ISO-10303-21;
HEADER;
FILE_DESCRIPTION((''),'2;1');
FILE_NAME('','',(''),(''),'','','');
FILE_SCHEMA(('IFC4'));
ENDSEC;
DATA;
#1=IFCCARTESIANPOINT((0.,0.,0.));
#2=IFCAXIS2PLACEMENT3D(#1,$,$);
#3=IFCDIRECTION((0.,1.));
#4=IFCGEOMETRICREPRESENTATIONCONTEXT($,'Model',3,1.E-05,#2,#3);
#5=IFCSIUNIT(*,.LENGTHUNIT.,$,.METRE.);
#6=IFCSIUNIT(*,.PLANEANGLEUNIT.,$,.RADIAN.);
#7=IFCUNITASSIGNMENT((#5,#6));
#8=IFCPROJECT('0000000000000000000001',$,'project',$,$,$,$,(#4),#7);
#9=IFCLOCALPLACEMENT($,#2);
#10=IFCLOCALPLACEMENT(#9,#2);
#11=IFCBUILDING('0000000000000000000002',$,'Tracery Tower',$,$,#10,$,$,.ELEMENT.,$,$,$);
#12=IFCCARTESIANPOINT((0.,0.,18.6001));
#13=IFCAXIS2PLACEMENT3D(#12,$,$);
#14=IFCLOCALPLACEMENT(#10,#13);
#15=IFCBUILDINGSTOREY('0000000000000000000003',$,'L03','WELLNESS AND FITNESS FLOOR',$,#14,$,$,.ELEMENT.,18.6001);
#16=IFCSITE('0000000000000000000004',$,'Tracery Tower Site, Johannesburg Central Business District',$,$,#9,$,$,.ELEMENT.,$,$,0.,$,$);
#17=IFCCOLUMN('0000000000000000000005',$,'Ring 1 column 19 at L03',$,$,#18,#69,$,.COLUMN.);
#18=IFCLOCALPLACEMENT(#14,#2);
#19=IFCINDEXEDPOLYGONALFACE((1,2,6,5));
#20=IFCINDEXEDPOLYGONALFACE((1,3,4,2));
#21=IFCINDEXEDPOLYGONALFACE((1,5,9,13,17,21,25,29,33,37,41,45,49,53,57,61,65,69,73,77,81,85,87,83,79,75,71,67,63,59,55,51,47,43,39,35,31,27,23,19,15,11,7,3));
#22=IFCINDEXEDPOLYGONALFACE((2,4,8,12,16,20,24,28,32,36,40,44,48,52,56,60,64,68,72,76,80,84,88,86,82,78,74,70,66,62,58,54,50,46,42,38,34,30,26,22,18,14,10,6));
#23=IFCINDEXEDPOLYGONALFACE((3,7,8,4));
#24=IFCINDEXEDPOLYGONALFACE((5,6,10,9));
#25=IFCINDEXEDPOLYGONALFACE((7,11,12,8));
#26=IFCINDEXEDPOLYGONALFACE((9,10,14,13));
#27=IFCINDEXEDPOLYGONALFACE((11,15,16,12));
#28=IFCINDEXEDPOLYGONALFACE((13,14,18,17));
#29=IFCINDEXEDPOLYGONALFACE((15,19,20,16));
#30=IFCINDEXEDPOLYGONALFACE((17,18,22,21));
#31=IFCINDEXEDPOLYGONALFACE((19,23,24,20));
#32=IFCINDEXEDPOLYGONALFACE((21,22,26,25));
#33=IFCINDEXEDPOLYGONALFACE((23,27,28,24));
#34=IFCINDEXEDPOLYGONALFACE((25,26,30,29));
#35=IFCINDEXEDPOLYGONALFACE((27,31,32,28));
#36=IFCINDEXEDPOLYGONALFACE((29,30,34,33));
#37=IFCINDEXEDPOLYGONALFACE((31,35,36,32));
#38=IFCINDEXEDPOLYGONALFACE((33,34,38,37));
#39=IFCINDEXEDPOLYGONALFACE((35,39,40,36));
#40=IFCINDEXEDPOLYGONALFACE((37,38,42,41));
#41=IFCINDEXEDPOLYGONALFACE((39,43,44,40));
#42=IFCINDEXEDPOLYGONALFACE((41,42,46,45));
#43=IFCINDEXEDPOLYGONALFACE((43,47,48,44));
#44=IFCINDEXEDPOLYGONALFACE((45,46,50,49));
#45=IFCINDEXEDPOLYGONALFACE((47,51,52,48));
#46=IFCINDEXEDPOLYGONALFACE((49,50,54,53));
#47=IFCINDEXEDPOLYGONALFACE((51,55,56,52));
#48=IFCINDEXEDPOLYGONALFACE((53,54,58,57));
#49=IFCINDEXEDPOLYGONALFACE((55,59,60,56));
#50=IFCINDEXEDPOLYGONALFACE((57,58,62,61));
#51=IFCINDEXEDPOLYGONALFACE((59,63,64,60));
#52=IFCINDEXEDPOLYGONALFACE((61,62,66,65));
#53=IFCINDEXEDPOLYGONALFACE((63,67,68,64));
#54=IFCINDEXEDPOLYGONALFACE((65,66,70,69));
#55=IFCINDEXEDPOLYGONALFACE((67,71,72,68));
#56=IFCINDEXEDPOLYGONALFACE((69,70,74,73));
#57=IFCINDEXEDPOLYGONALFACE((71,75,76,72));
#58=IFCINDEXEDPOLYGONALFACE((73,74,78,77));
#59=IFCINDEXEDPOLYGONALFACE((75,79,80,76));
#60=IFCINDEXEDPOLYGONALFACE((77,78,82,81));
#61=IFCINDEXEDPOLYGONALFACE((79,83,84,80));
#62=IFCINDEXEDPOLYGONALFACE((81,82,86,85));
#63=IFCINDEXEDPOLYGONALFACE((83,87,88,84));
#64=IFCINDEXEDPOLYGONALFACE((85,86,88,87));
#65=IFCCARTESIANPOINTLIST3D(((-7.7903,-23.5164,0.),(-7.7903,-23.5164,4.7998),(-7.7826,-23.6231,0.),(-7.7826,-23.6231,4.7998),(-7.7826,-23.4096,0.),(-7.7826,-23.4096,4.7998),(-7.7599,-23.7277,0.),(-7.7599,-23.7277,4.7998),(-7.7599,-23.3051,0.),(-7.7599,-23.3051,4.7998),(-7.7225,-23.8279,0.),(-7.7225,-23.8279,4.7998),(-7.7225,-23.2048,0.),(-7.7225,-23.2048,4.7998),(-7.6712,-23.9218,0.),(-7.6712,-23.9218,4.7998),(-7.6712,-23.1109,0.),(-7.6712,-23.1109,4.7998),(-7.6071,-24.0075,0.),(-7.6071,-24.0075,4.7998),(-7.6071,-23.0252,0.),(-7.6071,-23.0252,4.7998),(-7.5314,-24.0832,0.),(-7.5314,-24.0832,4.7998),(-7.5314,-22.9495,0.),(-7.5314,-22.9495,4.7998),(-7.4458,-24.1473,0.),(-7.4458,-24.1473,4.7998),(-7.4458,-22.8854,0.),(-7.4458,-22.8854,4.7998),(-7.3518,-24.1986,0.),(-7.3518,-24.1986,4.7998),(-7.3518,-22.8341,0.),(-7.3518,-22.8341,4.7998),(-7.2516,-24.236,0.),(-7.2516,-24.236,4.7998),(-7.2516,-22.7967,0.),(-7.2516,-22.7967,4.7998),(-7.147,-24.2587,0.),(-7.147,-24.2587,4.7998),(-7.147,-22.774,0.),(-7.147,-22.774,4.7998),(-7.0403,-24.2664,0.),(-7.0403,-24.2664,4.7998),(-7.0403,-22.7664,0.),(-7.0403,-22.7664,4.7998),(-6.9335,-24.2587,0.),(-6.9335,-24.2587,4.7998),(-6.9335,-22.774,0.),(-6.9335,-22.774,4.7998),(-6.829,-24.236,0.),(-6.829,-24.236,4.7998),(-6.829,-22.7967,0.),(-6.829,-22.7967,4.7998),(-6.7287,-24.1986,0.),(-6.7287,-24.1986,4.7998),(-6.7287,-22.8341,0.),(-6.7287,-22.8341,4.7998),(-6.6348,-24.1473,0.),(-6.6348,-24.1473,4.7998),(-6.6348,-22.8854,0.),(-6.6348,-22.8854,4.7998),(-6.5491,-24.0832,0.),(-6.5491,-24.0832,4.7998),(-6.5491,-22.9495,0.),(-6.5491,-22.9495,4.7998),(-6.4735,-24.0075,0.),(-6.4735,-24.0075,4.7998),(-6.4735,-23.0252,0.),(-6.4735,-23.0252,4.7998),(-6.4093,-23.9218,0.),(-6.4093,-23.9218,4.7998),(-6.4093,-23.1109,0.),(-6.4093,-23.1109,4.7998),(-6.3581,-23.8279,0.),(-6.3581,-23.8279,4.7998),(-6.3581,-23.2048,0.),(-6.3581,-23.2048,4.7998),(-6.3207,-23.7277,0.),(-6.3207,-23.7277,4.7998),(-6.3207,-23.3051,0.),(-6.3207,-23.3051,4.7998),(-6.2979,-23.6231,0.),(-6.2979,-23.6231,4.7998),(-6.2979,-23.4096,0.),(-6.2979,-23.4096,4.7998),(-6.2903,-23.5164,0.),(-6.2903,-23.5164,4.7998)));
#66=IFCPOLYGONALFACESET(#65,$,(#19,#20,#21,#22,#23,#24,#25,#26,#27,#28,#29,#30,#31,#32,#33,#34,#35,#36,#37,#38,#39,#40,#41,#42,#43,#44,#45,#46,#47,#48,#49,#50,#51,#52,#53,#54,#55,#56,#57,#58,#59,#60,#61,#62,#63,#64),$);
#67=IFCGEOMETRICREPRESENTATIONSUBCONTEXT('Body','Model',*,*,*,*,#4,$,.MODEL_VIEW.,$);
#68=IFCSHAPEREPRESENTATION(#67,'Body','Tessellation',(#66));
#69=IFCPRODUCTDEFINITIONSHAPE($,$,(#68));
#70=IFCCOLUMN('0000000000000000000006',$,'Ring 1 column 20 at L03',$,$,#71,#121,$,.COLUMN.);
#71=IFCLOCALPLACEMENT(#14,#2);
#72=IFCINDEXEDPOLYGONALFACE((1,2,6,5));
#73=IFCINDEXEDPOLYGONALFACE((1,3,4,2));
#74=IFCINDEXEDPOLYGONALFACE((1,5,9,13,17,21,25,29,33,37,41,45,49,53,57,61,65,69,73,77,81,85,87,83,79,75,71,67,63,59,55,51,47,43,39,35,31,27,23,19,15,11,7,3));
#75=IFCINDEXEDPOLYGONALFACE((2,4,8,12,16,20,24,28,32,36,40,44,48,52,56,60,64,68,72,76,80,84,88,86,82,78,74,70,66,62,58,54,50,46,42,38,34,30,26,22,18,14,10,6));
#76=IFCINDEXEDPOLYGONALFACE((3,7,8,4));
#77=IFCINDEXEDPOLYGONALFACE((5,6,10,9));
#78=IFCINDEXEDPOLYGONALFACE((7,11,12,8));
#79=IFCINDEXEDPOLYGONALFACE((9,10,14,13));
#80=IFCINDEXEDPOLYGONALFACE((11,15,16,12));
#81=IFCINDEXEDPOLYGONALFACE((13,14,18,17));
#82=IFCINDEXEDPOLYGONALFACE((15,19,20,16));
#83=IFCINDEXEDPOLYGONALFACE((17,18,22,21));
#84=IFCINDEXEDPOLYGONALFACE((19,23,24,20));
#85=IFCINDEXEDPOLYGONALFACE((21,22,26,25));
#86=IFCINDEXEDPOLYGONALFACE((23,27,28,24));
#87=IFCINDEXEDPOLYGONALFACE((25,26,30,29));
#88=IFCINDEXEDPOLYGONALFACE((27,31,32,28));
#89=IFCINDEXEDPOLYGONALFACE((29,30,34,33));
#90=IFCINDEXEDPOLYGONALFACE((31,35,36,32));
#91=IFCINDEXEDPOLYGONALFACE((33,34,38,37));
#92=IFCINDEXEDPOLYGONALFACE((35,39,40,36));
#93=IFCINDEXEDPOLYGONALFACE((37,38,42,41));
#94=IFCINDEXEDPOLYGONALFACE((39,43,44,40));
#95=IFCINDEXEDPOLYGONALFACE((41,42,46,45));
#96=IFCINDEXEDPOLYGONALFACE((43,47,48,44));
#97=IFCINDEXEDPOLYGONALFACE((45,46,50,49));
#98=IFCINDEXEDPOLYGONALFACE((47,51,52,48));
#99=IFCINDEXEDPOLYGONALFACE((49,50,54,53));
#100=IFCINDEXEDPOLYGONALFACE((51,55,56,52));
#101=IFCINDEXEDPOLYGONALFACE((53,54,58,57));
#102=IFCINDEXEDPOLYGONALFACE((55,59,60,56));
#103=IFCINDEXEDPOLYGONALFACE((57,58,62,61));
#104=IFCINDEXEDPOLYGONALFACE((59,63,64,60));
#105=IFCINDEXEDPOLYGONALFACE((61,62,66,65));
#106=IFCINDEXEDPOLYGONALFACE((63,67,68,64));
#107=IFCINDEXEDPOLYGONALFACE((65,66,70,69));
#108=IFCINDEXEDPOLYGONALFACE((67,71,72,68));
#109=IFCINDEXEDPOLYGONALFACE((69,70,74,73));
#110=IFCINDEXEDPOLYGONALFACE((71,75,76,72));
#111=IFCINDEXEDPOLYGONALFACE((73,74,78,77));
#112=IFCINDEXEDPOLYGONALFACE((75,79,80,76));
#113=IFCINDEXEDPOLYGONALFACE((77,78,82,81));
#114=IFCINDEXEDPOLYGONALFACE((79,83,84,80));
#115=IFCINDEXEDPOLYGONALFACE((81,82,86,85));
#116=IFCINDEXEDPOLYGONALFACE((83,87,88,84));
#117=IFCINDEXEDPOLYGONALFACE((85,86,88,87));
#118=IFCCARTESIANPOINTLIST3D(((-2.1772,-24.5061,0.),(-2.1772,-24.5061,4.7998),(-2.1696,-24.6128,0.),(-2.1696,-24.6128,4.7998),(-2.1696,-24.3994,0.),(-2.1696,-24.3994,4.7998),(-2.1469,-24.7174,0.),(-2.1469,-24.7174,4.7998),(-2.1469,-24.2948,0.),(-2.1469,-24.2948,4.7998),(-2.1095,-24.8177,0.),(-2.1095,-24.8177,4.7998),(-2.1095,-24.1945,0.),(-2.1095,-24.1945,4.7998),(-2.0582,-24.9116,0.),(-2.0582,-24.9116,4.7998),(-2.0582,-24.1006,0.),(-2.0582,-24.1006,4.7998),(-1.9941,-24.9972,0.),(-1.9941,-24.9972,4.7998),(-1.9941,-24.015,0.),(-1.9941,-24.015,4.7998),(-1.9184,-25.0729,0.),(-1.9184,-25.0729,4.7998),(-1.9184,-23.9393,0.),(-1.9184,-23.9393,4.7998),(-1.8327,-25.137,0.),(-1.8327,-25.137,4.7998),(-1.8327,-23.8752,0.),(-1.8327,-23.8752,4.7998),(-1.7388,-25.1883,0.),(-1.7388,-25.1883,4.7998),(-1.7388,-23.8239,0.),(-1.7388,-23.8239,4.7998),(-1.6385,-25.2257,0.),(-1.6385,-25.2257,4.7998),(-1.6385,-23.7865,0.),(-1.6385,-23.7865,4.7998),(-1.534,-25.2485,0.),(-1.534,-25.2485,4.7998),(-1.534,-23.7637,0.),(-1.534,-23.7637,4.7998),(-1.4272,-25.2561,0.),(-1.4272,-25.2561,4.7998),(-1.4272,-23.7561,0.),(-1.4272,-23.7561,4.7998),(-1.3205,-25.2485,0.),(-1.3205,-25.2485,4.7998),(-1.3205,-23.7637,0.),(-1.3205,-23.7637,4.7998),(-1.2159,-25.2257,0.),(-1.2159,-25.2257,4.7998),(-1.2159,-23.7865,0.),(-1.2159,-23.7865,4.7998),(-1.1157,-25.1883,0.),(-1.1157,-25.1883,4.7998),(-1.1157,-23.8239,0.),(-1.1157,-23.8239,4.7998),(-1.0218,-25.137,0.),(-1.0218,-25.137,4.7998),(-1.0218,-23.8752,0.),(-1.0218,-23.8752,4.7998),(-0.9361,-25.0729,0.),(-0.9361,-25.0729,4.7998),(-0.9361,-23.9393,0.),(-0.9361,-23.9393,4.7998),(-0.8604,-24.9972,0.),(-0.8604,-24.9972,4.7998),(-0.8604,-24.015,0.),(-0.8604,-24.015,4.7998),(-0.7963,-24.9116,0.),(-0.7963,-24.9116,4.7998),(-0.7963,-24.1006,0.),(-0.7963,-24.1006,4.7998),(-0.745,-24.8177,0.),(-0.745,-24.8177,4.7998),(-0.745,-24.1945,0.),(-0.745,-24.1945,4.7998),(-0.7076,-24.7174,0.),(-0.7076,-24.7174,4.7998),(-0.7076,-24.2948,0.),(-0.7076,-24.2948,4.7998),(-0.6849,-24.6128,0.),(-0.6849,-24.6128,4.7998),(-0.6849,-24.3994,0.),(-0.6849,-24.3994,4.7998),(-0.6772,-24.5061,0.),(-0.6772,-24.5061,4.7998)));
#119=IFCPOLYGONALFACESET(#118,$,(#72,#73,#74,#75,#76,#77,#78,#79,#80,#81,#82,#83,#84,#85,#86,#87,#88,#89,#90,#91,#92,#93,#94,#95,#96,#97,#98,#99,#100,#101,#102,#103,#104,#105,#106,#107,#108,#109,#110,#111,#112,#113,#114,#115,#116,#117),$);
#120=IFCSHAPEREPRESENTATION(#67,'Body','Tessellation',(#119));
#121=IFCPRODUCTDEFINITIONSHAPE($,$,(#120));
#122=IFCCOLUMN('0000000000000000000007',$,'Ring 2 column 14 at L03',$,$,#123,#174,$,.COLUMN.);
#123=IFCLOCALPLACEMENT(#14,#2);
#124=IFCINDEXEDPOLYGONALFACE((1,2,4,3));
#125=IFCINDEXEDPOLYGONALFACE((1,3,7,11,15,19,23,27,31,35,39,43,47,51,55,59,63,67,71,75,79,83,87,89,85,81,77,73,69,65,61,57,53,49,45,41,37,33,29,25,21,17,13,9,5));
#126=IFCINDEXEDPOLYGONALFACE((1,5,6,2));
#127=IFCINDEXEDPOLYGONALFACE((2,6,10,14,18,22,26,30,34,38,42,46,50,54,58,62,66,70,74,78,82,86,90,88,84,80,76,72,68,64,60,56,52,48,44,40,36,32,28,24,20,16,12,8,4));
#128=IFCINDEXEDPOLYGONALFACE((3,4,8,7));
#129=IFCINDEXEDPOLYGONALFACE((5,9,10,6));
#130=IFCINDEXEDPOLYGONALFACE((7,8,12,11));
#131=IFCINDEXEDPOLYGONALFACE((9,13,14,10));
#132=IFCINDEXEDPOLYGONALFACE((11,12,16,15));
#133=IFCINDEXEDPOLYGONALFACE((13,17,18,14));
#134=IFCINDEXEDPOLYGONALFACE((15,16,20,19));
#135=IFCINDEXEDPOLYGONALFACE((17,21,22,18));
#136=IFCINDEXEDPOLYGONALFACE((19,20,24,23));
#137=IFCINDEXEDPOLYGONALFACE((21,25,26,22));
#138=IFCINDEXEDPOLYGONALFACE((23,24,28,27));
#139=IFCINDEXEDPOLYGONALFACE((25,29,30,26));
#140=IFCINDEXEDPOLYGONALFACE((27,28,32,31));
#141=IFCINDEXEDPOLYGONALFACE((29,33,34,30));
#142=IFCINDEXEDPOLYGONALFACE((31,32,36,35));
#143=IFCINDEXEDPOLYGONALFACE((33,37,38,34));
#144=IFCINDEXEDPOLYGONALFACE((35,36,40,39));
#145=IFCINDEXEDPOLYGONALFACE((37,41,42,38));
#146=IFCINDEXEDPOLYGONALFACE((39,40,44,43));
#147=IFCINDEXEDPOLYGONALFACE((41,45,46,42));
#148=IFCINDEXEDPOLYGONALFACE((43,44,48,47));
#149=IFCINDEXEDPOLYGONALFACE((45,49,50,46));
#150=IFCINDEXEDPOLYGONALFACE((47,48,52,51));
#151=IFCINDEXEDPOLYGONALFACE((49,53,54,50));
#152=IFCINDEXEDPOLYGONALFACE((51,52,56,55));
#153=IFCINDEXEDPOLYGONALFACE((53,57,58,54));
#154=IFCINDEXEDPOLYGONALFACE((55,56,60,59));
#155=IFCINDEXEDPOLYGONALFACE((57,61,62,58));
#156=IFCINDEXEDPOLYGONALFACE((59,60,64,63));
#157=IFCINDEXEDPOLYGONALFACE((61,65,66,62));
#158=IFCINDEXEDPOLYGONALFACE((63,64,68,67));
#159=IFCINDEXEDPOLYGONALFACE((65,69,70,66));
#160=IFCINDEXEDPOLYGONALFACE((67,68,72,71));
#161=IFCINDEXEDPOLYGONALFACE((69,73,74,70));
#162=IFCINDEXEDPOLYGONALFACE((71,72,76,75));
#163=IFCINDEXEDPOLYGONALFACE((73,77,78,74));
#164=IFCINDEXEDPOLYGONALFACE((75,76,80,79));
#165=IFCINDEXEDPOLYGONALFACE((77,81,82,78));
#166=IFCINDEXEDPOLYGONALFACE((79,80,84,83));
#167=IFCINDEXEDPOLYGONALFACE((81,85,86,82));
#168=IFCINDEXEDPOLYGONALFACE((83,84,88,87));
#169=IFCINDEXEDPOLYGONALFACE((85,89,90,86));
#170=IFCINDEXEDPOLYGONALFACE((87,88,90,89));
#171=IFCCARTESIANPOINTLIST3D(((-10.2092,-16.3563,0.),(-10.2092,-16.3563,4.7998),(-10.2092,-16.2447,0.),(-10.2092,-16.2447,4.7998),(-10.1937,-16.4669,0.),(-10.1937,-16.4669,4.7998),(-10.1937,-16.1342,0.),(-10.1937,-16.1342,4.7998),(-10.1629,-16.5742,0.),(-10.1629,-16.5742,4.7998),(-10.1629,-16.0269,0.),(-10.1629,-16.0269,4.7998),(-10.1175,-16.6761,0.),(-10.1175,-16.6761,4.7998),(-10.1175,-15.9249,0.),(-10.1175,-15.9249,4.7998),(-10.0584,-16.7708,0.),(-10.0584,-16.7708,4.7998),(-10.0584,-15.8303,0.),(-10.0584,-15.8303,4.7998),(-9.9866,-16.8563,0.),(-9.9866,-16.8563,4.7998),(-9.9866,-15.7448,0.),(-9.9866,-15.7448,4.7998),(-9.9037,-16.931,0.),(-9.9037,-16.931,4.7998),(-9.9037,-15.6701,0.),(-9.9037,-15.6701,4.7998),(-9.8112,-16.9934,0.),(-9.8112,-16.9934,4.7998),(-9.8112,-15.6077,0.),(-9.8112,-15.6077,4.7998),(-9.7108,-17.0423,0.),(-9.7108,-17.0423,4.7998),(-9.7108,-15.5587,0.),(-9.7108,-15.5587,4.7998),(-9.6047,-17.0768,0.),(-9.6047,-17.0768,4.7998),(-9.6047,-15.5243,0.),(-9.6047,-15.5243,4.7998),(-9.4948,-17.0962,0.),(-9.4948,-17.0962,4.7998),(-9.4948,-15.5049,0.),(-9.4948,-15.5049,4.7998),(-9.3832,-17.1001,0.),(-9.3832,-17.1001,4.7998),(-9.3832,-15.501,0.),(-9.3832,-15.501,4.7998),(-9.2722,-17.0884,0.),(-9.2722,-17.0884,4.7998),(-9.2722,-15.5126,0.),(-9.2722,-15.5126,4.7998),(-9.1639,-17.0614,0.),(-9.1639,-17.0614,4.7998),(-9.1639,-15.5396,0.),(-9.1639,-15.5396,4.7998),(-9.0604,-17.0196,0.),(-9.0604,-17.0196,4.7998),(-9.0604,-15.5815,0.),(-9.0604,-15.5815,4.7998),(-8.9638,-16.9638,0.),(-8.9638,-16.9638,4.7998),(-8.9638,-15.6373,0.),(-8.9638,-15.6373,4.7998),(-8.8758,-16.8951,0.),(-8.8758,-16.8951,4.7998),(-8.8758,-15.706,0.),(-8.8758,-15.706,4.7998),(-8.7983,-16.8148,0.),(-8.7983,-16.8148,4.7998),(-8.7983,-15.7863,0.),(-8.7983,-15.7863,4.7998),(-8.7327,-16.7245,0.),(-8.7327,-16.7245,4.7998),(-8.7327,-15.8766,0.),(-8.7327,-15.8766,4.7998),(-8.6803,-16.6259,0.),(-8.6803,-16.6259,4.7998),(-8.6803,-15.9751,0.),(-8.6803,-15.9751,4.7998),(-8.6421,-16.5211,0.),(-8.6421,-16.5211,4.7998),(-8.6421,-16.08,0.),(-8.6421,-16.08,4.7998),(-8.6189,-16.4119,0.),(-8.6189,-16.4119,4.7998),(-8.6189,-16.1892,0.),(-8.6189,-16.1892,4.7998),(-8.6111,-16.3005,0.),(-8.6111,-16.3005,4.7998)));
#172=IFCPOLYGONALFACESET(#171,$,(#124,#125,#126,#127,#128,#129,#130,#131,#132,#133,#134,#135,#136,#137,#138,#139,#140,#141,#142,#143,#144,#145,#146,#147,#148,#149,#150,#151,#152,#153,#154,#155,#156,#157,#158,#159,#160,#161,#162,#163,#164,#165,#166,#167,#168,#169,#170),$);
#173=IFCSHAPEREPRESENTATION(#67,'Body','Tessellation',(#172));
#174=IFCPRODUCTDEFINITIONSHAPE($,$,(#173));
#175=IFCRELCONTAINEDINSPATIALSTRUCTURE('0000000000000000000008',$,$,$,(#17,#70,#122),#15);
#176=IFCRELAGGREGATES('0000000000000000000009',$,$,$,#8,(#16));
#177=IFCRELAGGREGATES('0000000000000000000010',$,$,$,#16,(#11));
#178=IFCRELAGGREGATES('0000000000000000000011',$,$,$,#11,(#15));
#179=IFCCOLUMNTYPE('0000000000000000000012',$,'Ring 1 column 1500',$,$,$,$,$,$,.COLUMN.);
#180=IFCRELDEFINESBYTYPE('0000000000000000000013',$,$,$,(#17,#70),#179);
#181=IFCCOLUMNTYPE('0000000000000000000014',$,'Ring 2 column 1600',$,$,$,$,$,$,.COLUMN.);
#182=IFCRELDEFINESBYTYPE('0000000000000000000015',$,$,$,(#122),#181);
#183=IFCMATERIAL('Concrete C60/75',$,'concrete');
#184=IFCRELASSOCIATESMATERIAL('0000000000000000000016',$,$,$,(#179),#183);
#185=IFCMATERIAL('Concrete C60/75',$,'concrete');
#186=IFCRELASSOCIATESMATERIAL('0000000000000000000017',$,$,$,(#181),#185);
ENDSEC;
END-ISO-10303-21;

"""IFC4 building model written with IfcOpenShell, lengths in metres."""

from ifc_helpers import new_model, si_unit, direction, frame, origin, origin_2d, place, context, subcontext, project, spatial, circle, extrude, material, material_profile, profile_set, type_object, element, save


model = new_model("IFC4")

# Units and contexts
model_context = context("Model", 3, precision=1e-05, world=origin(), true_north=direction((0.0, 1.0)))
body_context = subcontext(model_context, "Body", "Model", "MODEL_VIEW")
ifc_project = project(units=[si_unit("LENGTHUNIT", "METRE"), si_unit("PLANEANGLEUNIT", "RADIAN")], contexts=[model_context])

# Site, building, storey
site_placement = place(None, origin())
site = spatial("IfcSite", under=ifc_project, at=site_placement, Name="Tracery Tower Site, Johannesburg Central Business District", CompositionType="ELEMENT", RefElevation=0.0)
building_placement = place(site_placement, origin())
building = spatial("IfcBuilding", under=site, at=building_placement, Name="Tracery Tower", CompositionType="ELEMENT")
storey_placement = place(building_placement, frame((0.0, 0.0, 18.6001)))
storey = spatial("IfcBuildingStorey", under=building, at=storey_placement, Name="L03", Description="WELLNESS AND FITNESS FLOOR", CompositionType="ELEMENT", Elevation=18.6001)

# Columns
ifc_material_1 = material(Name="Concrete C60/75", Category="concrete")
ifc_material_profile_1 = material_profile(ifc_material_1, circle(Radius=0.75, at=origin_2d()), Name="RC D1500")
ifc_profile_set_1 = profile_set([ifc_material_profile_1], Name="Concrete C60/75")
column_type_1 = type_object("IfcColumnType", Name="Ring 1 column 1500", PredefinedType="COLUMN", material=ifc_profile_set_1)
for number, where, z_axis, x_axis, name in (
    (1, (-7.0403, -23.5164, 0.0), (0.0, 0.0, 1.0), (1.0, 0.0, 0.0), "Ring 1 column 19 at L03"),
    (2, (-1.4272, -24.5061, 0.0), (0.0, 0.0, 1.0), (1.0, 0.0, 0.0), "Ring 1 column 20 at L03"),
):
    element("IfcColumn", number, at=place(storey_placement, frame(where, z_axis=z_axis, x_axis=x_axis)), inside=storey, type_object=column_type_1, Name=name, PredefinedType="COLUMN", context=body_context, shape_type="SweptSolid", body=[
        extrude(circle(Radius=0.75, at=origin_2d()), origin(), (0.0, 0.0, 1.0), 4.7998),
    ])
ifc_material_2 = material(Name="Concrete C60/75", Category="concrete")
ifc_material_profile_2 = material_profile(ifc_material_2, circle(Radius=0.8, at=origin_2d()), Name="RC D1600")
ifc_profile_set_2 = profile_set([ifc_material_profile_2], Name="Concrete C60/75")
column_type_2 = type_object("IfcColumnType", Name="Ring 2 column 1600", PredefinedType="COLUMN", material=ifc_profile_set_2)
for number, where, z_axis, x_axis, name in (
    (3, (-9.4111, -16.3005, 0.0), (0.0, 0.0, 1.0), (1.0, 0.0, 0.0), "Ring 2 column 14 at L03"),
):
    element("IfcColumn", number, at=place(storey_placement, frame(where, z_axis=z_axis, x_axis=x_axis)), inside=storey, type_object=column_type_2, Name=name, PredefinedType="COLUMN", context=body_context, shape_type="SweptSolid", body=[
        extrude(circle(Radius=0.8, at=origin_2d()), origin(), (0.0, 0.0, 1.0), 4.7998),
    ])

save(model, "model.ifc")
